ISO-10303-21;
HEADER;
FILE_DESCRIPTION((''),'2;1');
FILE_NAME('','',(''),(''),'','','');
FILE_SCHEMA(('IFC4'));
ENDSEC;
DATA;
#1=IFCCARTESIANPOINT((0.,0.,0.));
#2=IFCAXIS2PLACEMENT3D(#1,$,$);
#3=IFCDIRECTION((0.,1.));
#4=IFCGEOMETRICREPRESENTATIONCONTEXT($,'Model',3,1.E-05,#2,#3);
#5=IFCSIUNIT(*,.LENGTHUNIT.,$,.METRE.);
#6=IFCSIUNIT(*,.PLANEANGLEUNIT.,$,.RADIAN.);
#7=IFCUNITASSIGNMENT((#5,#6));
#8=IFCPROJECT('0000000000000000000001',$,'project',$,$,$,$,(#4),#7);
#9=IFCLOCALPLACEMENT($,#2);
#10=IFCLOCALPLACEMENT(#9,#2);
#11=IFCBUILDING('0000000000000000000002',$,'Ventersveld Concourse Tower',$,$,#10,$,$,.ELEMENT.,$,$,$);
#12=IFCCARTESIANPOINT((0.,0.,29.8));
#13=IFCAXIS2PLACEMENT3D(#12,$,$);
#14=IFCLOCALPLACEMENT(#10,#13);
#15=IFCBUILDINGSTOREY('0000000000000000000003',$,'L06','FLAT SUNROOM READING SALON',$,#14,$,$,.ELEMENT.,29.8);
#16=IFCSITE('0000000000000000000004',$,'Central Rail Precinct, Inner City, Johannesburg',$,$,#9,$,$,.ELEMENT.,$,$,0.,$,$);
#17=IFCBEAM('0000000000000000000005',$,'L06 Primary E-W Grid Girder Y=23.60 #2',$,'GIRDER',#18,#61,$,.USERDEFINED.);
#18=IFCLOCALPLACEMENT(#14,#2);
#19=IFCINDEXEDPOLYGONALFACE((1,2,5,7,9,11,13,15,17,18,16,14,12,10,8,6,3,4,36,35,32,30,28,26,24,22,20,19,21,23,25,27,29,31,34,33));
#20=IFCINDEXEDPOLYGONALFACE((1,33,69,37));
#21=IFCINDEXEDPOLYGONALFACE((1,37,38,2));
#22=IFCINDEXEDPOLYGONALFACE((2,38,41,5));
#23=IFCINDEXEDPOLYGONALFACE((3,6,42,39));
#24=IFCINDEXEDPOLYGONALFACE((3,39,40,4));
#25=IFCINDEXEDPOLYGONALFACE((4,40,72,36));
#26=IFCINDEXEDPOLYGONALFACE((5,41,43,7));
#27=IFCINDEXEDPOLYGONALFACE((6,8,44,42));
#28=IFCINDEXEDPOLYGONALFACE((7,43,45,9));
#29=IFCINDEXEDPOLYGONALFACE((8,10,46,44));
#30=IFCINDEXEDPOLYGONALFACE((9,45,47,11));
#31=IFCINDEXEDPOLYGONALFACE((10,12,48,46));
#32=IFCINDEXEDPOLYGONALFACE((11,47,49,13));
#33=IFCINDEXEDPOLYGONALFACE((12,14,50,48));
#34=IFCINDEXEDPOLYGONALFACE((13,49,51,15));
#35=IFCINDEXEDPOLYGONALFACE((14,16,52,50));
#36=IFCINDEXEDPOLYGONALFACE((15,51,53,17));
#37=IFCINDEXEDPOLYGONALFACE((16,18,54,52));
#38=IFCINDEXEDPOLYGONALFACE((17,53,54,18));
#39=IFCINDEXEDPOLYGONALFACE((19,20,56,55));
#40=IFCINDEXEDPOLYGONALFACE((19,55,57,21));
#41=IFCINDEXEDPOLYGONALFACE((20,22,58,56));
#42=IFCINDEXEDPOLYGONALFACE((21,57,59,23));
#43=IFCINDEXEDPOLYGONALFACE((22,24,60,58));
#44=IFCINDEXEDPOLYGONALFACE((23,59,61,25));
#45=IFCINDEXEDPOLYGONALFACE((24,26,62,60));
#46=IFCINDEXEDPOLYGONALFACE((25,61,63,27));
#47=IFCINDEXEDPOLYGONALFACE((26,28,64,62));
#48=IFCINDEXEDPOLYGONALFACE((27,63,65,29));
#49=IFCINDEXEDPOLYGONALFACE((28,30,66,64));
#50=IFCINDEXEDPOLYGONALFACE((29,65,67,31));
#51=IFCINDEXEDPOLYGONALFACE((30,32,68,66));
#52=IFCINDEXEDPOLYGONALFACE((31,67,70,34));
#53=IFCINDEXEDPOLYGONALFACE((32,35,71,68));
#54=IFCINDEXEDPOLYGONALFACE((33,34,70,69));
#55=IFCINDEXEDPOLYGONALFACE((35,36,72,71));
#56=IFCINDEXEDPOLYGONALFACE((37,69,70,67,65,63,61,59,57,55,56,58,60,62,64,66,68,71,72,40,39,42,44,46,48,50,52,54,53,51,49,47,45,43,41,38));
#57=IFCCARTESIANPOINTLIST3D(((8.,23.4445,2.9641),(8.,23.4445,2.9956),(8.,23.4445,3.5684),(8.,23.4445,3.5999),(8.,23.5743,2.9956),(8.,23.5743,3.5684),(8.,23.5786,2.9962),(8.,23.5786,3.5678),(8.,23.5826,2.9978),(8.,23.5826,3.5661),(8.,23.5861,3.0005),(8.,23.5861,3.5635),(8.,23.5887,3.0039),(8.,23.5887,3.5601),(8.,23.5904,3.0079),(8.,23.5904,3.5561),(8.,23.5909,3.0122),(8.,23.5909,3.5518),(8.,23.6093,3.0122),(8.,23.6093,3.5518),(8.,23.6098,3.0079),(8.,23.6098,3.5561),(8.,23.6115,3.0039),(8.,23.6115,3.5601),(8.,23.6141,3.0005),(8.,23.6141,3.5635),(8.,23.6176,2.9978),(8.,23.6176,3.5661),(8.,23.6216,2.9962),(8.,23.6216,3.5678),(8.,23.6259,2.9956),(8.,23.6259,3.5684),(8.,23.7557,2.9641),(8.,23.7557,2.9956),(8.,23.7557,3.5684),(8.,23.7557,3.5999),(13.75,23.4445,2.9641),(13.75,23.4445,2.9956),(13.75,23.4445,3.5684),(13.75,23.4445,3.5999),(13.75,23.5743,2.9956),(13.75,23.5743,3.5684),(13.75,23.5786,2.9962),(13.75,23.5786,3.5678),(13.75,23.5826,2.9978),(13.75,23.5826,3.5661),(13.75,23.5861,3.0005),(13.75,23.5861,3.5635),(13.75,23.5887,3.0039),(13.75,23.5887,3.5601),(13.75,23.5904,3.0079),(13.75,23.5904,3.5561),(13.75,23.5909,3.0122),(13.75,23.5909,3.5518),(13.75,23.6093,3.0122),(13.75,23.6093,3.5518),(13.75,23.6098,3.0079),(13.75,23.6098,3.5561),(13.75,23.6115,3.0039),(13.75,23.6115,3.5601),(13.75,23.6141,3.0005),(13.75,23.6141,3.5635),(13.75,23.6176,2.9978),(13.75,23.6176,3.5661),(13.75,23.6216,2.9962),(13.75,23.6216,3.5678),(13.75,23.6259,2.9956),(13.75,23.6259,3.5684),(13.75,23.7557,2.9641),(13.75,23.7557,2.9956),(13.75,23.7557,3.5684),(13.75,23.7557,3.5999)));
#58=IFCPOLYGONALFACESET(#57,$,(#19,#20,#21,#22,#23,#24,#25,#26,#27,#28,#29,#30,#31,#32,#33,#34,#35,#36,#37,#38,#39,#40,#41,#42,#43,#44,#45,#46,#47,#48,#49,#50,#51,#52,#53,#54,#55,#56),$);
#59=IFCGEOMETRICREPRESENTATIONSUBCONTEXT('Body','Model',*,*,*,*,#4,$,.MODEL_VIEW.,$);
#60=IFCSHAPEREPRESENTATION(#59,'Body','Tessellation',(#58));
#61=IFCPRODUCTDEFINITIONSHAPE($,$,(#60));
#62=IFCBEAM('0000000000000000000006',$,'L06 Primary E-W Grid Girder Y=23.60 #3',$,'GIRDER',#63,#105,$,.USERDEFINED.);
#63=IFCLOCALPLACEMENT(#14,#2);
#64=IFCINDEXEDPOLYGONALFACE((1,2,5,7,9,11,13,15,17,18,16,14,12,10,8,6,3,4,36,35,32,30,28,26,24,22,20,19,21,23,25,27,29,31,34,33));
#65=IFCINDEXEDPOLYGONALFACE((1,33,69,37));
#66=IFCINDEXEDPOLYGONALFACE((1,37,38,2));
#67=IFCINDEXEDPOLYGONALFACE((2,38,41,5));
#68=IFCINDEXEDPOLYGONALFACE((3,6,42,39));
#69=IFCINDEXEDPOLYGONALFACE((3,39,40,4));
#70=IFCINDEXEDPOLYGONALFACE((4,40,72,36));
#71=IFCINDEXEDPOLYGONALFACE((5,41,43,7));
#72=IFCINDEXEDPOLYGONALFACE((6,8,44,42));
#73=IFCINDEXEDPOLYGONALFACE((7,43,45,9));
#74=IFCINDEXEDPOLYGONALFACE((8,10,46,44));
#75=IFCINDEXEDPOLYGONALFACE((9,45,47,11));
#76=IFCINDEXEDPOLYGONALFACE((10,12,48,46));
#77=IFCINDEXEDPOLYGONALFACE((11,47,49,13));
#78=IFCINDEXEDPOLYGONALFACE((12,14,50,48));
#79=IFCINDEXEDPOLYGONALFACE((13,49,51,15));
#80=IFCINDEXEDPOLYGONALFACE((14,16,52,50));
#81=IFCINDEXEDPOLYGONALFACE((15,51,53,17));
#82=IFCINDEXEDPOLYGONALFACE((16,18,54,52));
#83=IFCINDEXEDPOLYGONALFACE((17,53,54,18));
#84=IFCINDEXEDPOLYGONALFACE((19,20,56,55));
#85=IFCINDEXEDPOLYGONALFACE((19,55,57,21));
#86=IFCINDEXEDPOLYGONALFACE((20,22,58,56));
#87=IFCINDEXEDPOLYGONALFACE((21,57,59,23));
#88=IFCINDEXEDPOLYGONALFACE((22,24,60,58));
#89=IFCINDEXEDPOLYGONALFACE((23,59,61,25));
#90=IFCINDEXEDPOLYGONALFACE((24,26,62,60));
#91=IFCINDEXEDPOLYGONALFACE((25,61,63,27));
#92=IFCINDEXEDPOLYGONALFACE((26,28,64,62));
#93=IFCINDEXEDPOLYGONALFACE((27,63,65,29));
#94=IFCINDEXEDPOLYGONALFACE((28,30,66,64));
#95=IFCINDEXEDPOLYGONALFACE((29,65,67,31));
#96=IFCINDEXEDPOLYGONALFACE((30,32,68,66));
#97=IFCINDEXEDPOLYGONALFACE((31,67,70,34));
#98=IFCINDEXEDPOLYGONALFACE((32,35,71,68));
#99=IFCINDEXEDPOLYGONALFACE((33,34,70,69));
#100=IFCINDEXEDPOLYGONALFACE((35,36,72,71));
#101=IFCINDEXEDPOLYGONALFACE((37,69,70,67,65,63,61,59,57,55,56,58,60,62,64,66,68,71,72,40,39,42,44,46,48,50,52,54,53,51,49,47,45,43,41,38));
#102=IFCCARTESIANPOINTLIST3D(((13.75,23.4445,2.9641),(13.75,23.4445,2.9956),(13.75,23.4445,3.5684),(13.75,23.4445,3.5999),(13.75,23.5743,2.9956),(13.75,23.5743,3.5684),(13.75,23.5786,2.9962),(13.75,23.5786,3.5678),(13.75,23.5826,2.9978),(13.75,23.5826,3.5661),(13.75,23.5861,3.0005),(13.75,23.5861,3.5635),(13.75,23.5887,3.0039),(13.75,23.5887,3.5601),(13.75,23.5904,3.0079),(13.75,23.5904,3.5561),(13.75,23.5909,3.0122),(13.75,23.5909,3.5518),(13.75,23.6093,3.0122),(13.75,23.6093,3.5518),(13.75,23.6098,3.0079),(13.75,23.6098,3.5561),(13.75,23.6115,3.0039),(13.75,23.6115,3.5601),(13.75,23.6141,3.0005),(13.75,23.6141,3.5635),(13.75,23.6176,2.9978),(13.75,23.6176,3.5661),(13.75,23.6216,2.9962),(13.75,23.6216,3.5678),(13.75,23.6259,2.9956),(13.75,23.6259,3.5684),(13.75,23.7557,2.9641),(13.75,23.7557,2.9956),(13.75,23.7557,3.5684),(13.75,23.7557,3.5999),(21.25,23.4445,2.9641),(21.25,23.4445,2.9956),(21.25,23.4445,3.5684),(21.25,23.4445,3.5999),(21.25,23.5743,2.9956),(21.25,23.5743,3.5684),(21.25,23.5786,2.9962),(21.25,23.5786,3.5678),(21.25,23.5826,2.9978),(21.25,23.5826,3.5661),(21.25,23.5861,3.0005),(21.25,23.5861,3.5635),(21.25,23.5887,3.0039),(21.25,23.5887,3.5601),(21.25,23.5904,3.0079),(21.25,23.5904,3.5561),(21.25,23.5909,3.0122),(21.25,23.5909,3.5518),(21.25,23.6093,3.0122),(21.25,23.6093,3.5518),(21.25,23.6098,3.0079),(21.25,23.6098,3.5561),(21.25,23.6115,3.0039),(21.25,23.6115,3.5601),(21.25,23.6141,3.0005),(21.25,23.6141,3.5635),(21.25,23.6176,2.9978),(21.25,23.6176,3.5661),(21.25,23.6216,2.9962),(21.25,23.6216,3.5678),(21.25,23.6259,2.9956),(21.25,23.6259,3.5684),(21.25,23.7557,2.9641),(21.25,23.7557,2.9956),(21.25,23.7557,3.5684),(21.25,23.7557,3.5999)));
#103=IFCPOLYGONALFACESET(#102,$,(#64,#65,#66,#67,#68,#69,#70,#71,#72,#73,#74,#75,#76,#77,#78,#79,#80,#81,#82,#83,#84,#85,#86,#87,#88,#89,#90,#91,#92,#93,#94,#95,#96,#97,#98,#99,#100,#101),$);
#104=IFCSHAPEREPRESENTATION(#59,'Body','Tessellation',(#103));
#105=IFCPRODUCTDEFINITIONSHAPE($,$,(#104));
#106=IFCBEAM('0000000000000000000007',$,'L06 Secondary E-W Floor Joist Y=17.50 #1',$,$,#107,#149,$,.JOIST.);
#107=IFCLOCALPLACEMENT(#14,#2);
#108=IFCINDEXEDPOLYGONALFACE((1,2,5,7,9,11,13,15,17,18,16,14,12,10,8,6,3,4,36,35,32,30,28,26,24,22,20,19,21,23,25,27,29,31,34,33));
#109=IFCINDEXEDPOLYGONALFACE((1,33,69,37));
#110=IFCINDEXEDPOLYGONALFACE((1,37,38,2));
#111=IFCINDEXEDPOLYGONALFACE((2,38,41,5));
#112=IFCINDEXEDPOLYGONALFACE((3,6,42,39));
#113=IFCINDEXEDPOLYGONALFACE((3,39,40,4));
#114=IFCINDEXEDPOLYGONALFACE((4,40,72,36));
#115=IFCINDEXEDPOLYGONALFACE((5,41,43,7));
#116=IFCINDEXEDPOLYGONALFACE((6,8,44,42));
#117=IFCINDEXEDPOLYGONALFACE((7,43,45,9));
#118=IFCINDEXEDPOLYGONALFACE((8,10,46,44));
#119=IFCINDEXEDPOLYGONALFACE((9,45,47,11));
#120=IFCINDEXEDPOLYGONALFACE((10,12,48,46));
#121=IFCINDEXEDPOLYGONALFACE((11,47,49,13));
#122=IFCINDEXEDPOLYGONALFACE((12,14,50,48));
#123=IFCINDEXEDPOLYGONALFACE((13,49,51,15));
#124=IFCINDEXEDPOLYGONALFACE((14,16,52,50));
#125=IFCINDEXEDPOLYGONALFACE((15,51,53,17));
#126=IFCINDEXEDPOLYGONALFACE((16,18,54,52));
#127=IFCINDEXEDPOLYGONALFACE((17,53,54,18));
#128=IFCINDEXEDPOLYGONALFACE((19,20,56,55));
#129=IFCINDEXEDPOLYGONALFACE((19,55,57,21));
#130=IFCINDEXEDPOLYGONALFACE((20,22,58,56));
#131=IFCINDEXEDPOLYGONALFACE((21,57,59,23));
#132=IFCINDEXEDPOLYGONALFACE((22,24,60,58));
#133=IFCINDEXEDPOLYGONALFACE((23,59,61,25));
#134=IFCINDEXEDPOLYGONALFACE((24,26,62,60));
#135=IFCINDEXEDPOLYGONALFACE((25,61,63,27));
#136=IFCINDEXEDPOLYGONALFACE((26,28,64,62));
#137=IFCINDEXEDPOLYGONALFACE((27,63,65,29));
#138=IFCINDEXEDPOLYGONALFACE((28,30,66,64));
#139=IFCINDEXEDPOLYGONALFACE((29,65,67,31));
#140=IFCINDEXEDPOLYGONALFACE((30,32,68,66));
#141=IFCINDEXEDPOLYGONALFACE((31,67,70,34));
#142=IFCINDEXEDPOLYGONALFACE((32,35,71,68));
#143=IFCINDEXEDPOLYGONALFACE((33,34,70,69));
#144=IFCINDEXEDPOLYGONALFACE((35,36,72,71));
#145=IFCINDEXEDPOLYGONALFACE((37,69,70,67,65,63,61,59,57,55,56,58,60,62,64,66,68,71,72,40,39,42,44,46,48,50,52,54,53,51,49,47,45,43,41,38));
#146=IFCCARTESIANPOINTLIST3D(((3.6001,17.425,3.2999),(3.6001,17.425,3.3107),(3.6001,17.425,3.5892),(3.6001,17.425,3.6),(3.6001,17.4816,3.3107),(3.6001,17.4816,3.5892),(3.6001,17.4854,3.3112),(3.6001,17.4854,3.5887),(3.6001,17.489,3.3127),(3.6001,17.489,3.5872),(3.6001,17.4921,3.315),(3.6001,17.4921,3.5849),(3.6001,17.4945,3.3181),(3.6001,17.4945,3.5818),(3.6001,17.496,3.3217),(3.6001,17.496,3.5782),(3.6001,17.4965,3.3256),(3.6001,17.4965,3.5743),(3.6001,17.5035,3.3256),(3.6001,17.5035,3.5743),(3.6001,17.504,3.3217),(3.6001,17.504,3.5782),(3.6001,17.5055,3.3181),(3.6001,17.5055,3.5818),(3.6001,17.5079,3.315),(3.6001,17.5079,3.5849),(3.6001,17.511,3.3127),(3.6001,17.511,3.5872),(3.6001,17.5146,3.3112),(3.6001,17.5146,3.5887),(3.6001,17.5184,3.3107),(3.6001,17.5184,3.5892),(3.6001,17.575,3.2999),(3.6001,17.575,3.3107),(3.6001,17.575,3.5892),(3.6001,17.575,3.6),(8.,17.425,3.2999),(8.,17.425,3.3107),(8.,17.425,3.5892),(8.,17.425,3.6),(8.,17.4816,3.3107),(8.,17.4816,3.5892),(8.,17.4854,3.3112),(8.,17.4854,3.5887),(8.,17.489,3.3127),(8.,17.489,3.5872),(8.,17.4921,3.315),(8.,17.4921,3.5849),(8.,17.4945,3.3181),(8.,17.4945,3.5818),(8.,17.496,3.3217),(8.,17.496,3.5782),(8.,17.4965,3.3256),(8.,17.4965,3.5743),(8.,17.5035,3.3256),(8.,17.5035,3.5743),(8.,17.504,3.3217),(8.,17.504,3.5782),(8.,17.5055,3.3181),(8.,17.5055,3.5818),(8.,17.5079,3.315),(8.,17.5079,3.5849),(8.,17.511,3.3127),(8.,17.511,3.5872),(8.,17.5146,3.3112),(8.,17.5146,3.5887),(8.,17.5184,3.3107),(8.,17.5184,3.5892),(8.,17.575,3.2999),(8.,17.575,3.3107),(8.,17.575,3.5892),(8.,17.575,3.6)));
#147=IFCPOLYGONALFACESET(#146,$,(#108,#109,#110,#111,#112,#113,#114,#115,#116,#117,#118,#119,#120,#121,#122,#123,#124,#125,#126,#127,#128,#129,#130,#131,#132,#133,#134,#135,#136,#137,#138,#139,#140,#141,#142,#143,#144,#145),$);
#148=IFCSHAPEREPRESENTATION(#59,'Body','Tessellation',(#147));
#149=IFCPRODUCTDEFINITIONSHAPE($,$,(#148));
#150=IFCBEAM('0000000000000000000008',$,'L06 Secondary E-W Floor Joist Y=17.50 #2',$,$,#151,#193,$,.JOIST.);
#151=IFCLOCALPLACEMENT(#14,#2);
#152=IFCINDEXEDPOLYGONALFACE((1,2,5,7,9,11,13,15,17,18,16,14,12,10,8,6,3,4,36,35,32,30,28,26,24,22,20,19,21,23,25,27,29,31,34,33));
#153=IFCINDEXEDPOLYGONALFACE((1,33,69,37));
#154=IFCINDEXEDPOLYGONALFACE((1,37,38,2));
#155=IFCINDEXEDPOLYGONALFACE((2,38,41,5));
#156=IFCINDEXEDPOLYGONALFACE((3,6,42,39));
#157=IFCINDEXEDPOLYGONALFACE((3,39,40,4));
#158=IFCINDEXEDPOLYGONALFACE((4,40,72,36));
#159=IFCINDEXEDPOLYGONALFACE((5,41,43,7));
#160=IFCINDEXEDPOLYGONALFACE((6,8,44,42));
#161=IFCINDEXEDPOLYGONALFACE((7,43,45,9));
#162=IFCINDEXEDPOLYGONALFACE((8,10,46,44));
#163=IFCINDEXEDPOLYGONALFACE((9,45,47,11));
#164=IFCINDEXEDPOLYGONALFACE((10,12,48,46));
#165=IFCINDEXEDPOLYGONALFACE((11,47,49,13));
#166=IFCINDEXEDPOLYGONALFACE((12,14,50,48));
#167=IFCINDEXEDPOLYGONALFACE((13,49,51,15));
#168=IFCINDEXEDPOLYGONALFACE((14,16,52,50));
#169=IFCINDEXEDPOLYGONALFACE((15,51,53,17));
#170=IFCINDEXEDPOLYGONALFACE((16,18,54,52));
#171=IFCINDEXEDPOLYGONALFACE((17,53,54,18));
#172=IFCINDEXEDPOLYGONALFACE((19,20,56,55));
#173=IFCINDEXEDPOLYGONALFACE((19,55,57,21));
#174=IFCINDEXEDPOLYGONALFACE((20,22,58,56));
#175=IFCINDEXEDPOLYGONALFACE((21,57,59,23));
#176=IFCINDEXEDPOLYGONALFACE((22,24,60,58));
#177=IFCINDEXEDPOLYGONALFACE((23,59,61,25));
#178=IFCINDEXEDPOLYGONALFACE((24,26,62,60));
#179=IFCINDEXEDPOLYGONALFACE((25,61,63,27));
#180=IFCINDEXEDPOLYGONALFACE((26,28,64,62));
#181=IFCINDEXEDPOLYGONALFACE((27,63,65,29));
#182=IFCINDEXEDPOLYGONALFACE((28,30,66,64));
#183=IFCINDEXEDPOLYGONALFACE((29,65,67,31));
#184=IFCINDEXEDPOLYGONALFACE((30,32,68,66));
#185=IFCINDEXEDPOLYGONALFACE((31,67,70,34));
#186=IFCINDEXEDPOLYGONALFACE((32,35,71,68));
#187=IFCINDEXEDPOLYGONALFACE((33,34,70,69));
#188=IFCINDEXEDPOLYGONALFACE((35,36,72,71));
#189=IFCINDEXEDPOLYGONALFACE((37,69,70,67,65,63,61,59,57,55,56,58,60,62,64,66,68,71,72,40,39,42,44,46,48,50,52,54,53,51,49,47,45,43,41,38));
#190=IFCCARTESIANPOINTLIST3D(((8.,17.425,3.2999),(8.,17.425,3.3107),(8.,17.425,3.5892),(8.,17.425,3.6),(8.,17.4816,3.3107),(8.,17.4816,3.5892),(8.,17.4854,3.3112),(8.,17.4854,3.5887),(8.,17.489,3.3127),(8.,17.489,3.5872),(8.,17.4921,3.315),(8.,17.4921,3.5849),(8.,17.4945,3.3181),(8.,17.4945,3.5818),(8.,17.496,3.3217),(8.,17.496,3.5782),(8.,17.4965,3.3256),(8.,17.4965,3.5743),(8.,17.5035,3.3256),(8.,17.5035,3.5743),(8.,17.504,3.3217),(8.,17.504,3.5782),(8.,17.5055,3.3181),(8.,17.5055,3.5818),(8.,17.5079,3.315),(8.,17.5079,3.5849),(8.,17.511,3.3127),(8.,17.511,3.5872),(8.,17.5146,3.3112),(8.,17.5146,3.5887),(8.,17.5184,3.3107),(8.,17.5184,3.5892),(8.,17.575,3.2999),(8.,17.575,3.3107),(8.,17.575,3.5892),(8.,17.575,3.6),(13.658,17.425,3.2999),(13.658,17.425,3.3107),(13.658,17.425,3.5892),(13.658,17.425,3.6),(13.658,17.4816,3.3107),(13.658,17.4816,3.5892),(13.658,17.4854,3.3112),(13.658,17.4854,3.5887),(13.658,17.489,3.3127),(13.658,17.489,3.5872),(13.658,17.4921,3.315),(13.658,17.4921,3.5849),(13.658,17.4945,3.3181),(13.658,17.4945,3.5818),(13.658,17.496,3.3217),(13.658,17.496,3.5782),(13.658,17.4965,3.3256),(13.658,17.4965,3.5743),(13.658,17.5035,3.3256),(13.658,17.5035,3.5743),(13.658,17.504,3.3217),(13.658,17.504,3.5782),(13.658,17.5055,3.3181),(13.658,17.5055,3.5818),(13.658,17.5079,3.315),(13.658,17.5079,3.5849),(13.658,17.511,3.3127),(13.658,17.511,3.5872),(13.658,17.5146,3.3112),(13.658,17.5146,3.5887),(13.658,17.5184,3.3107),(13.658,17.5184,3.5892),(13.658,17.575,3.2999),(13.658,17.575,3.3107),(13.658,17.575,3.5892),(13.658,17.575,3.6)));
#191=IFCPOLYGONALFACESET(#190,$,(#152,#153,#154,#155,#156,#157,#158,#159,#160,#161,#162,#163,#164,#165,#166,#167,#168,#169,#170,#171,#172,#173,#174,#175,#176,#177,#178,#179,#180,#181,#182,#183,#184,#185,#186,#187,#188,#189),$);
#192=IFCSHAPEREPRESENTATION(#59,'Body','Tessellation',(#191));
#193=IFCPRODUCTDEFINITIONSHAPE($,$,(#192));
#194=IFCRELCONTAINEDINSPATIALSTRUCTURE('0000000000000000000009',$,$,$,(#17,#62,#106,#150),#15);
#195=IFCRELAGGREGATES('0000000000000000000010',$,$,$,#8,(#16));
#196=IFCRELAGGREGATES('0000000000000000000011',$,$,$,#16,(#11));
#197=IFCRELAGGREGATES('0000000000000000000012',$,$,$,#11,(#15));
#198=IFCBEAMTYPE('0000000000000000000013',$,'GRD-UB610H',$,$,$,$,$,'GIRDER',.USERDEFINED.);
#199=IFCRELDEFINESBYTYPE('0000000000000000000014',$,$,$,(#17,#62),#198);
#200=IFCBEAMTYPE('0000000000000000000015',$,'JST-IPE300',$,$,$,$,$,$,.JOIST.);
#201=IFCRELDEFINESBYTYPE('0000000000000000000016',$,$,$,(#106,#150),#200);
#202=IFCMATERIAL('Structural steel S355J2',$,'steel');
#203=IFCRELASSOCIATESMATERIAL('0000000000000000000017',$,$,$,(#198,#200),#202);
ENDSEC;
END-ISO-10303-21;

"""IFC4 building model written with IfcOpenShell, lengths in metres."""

from ifc_helpers import new_model, si_unit, direction, frame, origin, origin_2d, place, context, subcontext, project, spatial, i_section, extrude, material, material_profile, profile_set, type_object, element, save


model = new_model("IFC4")

# Units and contexts
model_context = context("Model", 3, precision=1e-05, world=origin(), true_north=direction((0.0, 1.0)))
body_context = subcontext(model_context, "Body", "Model", "MODEL_VIEW")
ifc_project = project(units=[si_unit("LENGTHUNIT", "METRE"), si_unit("PLANEANGLEUNIT", "RADIAN")], contexts=[model_context])

# Site, building, storey
site_placement = place(None, origin())
site = spatial("IfcSite", under=ifc_project, at=site_placement, Name="Central Rail Precinct, Inner City, Johannesburg", CompositionType="ELEMENT", RefElevation=0.0)
building_placement = place(site_placement, origin())
building = spatial("IfcBuilding", under=site, at=building_placement, Name="Ventersveld Concourse Tower", CompositionType="ELEMENT")
storey_placement = place(building_placement, frame((0.0, 0.0, 29.8)))
storey = spatial("IfcBuildingStorey", under=building, at=storey_placement, Name="L06", Description="FLAT SUNROOM READING SALON", CompositionType="ELEMENT", Elevation=29.8)

# Beams
ifc_material_1 = material(Name="Structural steel S355J2", Category="steel")
ifc_material_profile_1 = material_profile(ifc_material_1, i_section(OverallWidth=0.3113, OverallDepth=0.6357, WebThickness=0.0183, FlangeThickness=0.0315, FilletRadius=0.0166, at=origin_2d()), Name="UB 610x305x238")
ifc_profile_set_1 = profile_set([ifc_material_profile_1], Name="Structural steel S355J2")
beam_type_1 = type_object("IfcBeamType", Name="GRD-UB610H", ElementType="GIRDER", PredefinedType="USERDEFINED", material=ifc_profile_set_1)
beam_1_placement = place(storey_placement, frame((8.0, 23.6001, 3.282), z_axis=(1.0, 0.0, 0.0), x_axis=(0.0, 1.0, 0.0)))
element("IfcBeam", 1, at=beam_1_placement, inside=storey, type_object=beam_type_1, Name="L06 Primary E-W Grid Girder Y=23.60 #2", ObjectType="GIRDER", PredefinedType="USERDEFINED", context=body_context, shape_type="SweptSolid", body=[
    extrude(i_section(OverallWidth=0.3113, OverallDepth=0.6357, WebThickness=0.0183, FlangeThickness=0.0315, FilletRadius=0.0166, at=origin_2d()), origin(), (0.0, 0.0, 1.0), 5.75),
])
beam_2_placement = place(storey_placement, frame((13.75, 23.6001, 3.282), z_axis=(1.0, 0.0, 0.0), x_axis=(0.0, 1.0, 0.0)))
element("IfcBeam", 2, at=beam_2_placement, inside=storey, type_object=beam_type_1, Name="L06 Primary E-W Grid Girder Y=23.60 #3", ObjectType="GIRDER", PredefinedType="USERDEFINED", context=body_context, shape_type="SweptSolid", body=[
    extrude(i_section(OverallWidth=0.3113, OverallDepth=0.6357, WebThickness=0.0183, FlangeThickness=0.0315, FilletRadius=0.0166, at=origin_2d()), origin(), (0.0, 0.0, 1.0), 7.5),
])
ifc_material_profile_2 = material_profile(ifc_material_1, i_section(OverallWidth=0.1499, OverallDepth=0.3, WebThickness=0.0071, FlangeThickness=0.0107, FilletRadius=0.0149, at=origin_2d()), Name="IPE 300")
ifc_profile_set_2 = profile_set([ifc_material_profile_2], Name="Structural steel S355J2")
beam_type_2 = type_object("IfcBeamType", Name="JST-IPE300", PredefinedType="JOIST", material=ifc_profile_set_2)
beam_3_placement = place(storey_placement, frame((3.6001, 17.5, 3.45), z_axis=(1.0, 0.0, 0.0), x_axis=(0.0, 1.0, 0.0)))
element("IfcBeam", 3, at=beam_3_placement, inside=storey, type_object=beam_type_2, Name="L06 Secondary E-W Floor Joist Y=17.50 #1", PredefinedType="JOIST", context=body_context, shape_type="SweptSolid", body=[
    extrude(i_section(OverallWidth=0.1499, OverallDepth=0.3, WebThickness=0.0071, FlangeThickness=0.0107, FilletRadius=0.0149, at=origin_2d()), origin(), (0.0, 0.0, 1.0), 4.3999),
])
beam_4_placement = place(storey_placement, frame((8.0, 17.5, 3.45), z_axis=(1.0, 0.0, 0.0), x_axis=(0.0, 1.0, 0.0)))
element("IfcBeam", 4, at=beam_4_placement, inside=storey, type_object=beam_type_2, Name="L06 Secondary E-W Floor Joist Y=17.50 #2", PredefinedType="JOIST", context=body_context, shape_type="SweptSolid", body=[
    extrude(i_section(OverallWidth=0.1499, OverallDepth=0.3, WebThickness=0.0071, FlangeThickness=0.0107, FilletRadius=0.0149, at=origin_2d()), origin(), (0.0, 0.0, 1.0), 5.658),
])

save(model, "model.ifc")
